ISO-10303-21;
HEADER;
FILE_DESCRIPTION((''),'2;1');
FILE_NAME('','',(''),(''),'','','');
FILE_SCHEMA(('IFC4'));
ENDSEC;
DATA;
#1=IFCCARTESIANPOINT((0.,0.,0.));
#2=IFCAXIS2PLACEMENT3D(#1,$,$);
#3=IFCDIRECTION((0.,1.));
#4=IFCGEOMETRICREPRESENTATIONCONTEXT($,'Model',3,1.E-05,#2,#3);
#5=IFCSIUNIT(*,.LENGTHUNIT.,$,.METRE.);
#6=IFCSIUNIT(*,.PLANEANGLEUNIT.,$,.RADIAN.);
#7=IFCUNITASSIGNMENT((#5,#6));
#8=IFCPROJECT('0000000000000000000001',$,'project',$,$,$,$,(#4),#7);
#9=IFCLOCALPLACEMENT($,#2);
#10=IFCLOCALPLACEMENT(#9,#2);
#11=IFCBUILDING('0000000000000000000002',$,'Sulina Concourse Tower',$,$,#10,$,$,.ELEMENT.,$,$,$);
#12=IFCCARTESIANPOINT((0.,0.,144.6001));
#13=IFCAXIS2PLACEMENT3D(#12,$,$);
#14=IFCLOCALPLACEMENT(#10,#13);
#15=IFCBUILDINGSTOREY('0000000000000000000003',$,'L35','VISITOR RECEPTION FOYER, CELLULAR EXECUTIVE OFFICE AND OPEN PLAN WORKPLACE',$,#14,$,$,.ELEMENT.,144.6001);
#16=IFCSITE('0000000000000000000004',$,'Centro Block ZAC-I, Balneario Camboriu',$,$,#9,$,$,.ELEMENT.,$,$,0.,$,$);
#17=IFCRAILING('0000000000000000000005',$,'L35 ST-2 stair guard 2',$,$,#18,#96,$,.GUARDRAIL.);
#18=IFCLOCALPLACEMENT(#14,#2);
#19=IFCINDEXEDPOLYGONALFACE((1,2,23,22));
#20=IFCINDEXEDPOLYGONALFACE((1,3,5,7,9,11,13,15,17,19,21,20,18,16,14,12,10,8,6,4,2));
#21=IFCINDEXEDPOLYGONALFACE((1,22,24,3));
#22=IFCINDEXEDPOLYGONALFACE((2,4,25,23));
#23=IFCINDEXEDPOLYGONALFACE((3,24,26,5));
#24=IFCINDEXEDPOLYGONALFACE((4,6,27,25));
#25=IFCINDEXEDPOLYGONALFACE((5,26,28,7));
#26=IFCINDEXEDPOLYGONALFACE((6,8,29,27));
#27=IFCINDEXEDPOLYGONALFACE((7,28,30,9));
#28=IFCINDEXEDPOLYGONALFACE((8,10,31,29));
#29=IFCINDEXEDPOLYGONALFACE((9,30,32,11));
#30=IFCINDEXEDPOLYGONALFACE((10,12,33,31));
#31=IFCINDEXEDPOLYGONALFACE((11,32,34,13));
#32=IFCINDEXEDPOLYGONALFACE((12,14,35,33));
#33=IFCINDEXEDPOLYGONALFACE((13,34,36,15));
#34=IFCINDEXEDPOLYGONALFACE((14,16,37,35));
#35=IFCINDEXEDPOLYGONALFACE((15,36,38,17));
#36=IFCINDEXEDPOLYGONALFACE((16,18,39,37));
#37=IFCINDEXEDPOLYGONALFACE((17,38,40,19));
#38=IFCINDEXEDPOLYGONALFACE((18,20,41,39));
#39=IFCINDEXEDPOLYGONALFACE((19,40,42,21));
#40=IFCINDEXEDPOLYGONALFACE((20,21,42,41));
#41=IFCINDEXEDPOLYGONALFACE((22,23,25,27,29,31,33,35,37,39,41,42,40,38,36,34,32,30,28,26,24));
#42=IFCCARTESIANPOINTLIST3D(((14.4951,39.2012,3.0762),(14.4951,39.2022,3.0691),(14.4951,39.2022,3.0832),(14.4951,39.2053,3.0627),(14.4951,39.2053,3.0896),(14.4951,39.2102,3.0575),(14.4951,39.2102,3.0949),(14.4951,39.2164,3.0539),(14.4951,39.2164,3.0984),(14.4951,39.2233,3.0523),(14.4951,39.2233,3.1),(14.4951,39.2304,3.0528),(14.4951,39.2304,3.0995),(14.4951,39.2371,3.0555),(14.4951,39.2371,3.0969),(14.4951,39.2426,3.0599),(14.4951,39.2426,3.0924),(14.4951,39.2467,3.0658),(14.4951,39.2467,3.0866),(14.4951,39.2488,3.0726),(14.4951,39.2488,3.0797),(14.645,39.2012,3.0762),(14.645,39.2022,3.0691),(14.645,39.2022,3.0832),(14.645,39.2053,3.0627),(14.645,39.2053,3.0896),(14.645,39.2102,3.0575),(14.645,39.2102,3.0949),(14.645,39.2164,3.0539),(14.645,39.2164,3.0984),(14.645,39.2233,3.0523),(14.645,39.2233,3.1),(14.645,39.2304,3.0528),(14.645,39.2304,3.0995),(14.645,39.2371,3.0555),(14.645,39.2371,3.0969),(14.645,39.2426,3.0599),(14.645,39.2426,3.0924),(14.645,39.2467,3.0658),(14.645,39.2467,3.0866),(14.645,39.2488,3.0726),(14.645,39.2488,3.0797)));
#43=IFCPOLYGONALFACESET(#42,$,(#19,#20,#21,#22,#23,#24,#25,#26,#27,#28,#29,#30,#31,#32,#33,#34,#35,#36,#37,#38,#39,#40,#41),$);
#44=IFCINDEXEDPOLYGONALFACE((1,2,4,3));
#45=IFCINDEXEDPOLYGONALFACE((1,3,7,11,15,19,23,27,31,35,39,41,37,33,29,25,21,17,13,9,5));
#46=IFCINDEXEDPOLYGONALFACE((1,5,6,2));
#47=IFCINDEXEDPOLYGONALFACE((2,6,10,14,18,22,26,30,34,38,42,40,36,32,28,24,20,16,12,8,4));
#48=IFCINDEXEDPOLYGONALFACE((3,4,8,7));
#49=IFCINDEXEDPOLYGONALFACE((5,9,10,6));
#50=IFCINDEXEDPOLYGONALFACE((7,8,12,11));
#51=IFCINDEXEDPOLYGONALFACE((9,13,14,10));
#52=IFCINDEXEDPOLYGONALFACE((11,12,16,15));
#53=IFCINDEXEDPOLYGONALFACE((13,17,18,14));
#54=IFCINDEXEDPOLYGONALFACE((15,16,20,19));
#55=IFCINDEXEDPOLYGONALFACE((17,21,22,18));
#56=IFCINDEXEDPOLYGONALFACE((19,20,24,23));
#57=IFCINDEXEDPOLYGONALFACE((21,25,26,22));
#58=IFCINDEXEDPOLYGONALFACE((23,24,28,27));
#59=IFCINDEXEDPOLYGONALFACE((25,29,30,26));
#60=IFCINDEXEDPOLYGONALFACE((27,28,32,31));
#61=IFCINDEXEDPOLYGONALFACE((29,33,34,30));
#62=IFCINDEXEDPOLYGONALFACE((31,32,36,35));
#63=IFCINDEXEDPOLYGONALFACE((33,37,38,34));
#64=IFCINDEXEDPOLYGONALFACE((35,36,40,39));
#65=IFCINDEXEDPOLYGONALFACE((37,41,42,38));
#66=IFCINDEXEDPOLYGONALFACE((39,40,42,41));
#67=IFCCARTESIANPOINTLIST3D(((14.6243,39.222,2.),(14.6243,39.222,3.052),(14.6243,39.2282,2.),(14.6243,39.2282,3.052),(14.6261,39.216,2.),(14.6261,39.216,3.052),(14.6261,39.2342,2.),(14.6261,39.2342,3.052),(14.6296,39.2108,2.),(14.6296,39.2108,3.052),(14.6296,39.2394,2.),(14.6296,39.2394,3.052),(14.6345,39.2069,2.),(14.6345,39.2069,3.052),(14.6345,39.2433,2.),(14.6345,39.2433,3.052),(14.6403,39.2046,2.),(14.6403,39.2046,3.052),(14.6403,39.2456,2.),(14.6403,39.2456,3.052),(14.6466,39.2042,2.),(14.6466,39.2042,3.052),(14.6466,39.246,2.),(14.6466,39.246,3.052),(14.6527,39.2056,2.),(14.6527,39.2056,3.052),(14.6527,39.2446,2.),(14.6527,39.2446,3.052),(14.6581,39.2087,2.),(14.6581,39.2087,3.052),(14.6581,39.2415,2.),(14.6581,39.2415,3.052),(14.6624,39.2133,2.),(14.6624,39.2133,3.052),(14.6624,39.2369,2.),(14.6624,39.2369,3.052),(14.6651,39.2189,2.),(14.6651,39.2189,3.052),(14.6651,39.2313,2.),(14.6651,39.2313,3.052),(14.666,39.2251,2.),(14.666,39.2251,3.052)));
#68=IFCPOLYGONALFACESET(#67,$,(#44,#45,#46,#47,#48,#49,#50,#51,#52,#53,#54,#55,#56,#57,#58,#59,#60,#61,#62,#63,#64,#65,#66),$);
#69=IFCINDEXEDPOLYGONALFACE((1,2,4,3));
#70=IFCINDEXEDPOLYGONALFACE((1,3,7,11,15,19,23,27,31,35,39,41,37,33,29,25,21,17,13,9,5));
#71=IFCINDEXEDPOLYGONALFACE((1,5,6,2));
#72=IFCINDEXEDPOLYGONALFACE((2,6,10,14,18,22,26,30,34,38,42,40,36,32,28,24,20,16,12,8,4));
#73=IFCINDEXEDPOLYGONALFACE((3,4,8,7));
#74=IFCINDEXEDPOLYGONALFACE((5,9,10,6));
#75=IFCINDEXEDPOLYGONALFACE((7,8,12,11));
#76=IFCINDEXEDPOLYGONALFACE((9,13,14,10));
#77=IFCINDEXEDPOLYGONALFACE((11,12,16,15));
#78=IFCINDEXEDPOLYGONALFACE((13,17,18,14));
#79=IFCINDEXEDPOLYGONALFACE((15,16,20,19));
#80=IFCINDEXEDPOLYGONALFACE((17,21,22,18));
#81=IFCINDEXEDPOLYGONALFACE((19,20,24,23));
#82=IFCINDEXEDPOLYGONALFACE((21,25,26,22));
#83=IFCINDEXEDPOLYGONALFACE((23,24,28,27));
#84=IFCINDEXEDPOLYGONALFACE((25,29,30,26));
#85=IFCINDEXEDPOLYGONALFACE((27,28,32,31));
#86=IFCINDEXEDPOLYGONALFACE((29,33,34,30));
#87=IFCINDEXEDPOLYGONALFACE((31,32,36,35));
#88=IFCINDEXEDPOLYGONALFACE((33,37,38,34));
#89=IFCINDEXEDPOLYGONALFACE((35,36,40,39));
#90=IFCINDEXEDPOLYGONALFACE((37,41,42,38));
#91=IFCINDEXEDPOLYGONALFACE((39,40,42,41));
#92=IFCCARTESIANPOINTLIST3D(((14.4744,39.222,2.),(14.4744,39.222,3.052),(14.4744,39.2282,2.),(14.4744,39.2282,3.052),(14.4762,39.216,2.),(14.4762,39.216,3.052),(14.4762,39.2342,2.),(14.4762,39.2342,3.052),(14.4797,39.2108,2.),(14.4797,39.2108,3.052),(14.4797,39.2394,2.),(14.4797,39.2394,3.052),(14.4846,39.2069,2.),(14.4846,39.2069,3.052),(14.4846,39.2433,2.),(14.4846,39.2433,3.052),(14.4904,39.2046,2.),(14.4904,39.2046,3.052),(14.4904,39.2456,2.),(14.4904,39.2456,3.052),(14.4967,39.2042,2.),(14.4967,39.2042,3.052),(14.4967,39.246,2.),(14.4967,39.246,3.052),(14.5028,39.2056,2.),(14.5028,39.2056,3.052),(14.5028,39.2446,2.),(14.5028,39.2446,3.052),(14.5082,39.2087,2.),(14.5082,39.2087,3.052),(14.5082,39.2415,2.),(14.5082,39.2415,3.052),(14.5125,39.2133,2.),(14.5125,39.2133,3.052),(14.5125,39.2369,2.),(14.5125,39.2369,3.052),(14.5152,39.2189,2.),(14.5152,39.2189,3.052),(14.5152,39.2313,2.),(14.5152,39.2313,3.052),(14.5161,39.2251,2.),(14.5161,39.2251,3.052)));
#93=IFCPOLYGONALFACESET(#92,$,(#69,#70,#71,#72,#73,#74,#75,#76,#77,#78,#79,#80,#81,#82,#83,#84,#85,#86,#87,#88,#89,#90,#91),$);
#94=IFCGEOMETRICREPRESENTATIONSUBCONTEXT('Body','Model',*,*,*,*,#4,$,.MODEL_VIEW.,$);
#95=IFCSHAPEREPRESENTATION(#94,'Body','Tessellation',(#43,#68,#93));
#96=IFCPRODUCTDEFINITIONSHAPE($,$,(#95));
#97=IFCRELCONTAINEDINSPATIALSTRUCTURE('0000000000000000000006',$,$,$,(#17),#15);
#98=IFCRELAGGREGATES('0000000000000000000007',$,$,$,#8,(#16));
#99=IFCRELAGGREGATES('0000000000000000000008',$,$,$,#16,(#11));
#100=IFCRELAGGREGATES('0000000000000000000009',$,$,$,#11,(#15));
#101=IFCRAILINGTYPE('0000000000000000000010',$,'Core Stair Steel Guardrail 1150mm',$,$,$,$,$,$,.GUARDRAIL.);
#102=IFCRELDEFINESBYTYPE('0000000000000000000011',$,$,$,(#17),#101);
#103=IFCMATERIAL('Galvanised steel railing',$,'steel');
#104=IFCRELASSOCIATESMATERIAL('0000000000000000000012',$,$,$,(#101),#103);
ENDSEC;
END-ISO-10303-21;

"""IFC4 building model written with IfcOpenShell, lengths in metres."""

from ifc_helpers import new_model, si_unit, direction, frame, origin, origin_2d, place, context, subcontext, project, spatial, circle, extrude, material, type_object, element, save


model = new_model("IFC4")

# Units and contexts
model_context = context("Model", 3, precision=1e-05, world=origin(), true_north=direction((0.0, 1.0)))
body_context = subcontext(model_context, "Body", "Model", "MODEL_VIEW")
ifc_project = project(units=[si_unit("LENGTHUNIT", "METRE"), si_unit("PLANEANGLEUNIT", "RADIAN")], contexts=[model_context])

# Site, building, storey
site_placement = place(None, origin())
site = spatial("IfcSite", under=ifc_project, at=site_placement, Name="Centro Block ZAC-I, Balneario Camboriu", CompositionType="ELEMENT", RefElevation=0.0)
building_placement = place(site_placement, origin())
building = spatial("IfcBuilding", under=site, at=building_placement, Name="Sulina Concourse Tower", CompositionType="ELEMENT")
storey_placement = place(building_placement, frame((0.0, 0.0, 144.6001)))
storey = spatial("IfcBuildingStorey", under=building, at=storey_placement, Name="L35", Description="VISITOR RECEPTION FOYER, CELLULAR EXECUTIVE OFFICE AND OPEN PLAN WORKPLACE", CompositionType="ELEMENT", Elevation=144.6001)

# Railing
ifc_material_1 = material(Name="Galvanised steel railing", Category="steel")
railing_type_1 = type_object("IfcRailingType", Name="Core Stair Steel Guardrail 1150mm", PredefinedType="GUARDRAIL", material=ifc_material_1)
railing_1_placement = place(storey_placement, frame((14.645, 39.2251, 2.0)))
element("IfcRailing", 1, at=railing_1_placement, inside=storey, type_object=railing_type_1, Name="L35 ST-2 stair guard 2", PredefinedType="GUARDRAIL", context=body_context, shape_type="SweptSolid", body=[
    extrude(circle(Radius=0.0239, at=origin_2d()), frame((0.0, 0.0, 1.0762), z_axis=(-1.0, 0.0, 0.0), x_axis=(0.0, -1.0, 0.0)), (0.0, 0.0, 1.0), 0.1499),
    extrude(circle(Radius=0.021, at=origin_2d()), origin(), (0.0, 0.0, 1.0), 1.052),
    extrude(circle(Radius=0.021, at=origin_2d()), frame((-0.1499, 0.0, 0.0)), (0.0, 0.0, 1.0), 1.052),
])

save(model, "model.ifc")
